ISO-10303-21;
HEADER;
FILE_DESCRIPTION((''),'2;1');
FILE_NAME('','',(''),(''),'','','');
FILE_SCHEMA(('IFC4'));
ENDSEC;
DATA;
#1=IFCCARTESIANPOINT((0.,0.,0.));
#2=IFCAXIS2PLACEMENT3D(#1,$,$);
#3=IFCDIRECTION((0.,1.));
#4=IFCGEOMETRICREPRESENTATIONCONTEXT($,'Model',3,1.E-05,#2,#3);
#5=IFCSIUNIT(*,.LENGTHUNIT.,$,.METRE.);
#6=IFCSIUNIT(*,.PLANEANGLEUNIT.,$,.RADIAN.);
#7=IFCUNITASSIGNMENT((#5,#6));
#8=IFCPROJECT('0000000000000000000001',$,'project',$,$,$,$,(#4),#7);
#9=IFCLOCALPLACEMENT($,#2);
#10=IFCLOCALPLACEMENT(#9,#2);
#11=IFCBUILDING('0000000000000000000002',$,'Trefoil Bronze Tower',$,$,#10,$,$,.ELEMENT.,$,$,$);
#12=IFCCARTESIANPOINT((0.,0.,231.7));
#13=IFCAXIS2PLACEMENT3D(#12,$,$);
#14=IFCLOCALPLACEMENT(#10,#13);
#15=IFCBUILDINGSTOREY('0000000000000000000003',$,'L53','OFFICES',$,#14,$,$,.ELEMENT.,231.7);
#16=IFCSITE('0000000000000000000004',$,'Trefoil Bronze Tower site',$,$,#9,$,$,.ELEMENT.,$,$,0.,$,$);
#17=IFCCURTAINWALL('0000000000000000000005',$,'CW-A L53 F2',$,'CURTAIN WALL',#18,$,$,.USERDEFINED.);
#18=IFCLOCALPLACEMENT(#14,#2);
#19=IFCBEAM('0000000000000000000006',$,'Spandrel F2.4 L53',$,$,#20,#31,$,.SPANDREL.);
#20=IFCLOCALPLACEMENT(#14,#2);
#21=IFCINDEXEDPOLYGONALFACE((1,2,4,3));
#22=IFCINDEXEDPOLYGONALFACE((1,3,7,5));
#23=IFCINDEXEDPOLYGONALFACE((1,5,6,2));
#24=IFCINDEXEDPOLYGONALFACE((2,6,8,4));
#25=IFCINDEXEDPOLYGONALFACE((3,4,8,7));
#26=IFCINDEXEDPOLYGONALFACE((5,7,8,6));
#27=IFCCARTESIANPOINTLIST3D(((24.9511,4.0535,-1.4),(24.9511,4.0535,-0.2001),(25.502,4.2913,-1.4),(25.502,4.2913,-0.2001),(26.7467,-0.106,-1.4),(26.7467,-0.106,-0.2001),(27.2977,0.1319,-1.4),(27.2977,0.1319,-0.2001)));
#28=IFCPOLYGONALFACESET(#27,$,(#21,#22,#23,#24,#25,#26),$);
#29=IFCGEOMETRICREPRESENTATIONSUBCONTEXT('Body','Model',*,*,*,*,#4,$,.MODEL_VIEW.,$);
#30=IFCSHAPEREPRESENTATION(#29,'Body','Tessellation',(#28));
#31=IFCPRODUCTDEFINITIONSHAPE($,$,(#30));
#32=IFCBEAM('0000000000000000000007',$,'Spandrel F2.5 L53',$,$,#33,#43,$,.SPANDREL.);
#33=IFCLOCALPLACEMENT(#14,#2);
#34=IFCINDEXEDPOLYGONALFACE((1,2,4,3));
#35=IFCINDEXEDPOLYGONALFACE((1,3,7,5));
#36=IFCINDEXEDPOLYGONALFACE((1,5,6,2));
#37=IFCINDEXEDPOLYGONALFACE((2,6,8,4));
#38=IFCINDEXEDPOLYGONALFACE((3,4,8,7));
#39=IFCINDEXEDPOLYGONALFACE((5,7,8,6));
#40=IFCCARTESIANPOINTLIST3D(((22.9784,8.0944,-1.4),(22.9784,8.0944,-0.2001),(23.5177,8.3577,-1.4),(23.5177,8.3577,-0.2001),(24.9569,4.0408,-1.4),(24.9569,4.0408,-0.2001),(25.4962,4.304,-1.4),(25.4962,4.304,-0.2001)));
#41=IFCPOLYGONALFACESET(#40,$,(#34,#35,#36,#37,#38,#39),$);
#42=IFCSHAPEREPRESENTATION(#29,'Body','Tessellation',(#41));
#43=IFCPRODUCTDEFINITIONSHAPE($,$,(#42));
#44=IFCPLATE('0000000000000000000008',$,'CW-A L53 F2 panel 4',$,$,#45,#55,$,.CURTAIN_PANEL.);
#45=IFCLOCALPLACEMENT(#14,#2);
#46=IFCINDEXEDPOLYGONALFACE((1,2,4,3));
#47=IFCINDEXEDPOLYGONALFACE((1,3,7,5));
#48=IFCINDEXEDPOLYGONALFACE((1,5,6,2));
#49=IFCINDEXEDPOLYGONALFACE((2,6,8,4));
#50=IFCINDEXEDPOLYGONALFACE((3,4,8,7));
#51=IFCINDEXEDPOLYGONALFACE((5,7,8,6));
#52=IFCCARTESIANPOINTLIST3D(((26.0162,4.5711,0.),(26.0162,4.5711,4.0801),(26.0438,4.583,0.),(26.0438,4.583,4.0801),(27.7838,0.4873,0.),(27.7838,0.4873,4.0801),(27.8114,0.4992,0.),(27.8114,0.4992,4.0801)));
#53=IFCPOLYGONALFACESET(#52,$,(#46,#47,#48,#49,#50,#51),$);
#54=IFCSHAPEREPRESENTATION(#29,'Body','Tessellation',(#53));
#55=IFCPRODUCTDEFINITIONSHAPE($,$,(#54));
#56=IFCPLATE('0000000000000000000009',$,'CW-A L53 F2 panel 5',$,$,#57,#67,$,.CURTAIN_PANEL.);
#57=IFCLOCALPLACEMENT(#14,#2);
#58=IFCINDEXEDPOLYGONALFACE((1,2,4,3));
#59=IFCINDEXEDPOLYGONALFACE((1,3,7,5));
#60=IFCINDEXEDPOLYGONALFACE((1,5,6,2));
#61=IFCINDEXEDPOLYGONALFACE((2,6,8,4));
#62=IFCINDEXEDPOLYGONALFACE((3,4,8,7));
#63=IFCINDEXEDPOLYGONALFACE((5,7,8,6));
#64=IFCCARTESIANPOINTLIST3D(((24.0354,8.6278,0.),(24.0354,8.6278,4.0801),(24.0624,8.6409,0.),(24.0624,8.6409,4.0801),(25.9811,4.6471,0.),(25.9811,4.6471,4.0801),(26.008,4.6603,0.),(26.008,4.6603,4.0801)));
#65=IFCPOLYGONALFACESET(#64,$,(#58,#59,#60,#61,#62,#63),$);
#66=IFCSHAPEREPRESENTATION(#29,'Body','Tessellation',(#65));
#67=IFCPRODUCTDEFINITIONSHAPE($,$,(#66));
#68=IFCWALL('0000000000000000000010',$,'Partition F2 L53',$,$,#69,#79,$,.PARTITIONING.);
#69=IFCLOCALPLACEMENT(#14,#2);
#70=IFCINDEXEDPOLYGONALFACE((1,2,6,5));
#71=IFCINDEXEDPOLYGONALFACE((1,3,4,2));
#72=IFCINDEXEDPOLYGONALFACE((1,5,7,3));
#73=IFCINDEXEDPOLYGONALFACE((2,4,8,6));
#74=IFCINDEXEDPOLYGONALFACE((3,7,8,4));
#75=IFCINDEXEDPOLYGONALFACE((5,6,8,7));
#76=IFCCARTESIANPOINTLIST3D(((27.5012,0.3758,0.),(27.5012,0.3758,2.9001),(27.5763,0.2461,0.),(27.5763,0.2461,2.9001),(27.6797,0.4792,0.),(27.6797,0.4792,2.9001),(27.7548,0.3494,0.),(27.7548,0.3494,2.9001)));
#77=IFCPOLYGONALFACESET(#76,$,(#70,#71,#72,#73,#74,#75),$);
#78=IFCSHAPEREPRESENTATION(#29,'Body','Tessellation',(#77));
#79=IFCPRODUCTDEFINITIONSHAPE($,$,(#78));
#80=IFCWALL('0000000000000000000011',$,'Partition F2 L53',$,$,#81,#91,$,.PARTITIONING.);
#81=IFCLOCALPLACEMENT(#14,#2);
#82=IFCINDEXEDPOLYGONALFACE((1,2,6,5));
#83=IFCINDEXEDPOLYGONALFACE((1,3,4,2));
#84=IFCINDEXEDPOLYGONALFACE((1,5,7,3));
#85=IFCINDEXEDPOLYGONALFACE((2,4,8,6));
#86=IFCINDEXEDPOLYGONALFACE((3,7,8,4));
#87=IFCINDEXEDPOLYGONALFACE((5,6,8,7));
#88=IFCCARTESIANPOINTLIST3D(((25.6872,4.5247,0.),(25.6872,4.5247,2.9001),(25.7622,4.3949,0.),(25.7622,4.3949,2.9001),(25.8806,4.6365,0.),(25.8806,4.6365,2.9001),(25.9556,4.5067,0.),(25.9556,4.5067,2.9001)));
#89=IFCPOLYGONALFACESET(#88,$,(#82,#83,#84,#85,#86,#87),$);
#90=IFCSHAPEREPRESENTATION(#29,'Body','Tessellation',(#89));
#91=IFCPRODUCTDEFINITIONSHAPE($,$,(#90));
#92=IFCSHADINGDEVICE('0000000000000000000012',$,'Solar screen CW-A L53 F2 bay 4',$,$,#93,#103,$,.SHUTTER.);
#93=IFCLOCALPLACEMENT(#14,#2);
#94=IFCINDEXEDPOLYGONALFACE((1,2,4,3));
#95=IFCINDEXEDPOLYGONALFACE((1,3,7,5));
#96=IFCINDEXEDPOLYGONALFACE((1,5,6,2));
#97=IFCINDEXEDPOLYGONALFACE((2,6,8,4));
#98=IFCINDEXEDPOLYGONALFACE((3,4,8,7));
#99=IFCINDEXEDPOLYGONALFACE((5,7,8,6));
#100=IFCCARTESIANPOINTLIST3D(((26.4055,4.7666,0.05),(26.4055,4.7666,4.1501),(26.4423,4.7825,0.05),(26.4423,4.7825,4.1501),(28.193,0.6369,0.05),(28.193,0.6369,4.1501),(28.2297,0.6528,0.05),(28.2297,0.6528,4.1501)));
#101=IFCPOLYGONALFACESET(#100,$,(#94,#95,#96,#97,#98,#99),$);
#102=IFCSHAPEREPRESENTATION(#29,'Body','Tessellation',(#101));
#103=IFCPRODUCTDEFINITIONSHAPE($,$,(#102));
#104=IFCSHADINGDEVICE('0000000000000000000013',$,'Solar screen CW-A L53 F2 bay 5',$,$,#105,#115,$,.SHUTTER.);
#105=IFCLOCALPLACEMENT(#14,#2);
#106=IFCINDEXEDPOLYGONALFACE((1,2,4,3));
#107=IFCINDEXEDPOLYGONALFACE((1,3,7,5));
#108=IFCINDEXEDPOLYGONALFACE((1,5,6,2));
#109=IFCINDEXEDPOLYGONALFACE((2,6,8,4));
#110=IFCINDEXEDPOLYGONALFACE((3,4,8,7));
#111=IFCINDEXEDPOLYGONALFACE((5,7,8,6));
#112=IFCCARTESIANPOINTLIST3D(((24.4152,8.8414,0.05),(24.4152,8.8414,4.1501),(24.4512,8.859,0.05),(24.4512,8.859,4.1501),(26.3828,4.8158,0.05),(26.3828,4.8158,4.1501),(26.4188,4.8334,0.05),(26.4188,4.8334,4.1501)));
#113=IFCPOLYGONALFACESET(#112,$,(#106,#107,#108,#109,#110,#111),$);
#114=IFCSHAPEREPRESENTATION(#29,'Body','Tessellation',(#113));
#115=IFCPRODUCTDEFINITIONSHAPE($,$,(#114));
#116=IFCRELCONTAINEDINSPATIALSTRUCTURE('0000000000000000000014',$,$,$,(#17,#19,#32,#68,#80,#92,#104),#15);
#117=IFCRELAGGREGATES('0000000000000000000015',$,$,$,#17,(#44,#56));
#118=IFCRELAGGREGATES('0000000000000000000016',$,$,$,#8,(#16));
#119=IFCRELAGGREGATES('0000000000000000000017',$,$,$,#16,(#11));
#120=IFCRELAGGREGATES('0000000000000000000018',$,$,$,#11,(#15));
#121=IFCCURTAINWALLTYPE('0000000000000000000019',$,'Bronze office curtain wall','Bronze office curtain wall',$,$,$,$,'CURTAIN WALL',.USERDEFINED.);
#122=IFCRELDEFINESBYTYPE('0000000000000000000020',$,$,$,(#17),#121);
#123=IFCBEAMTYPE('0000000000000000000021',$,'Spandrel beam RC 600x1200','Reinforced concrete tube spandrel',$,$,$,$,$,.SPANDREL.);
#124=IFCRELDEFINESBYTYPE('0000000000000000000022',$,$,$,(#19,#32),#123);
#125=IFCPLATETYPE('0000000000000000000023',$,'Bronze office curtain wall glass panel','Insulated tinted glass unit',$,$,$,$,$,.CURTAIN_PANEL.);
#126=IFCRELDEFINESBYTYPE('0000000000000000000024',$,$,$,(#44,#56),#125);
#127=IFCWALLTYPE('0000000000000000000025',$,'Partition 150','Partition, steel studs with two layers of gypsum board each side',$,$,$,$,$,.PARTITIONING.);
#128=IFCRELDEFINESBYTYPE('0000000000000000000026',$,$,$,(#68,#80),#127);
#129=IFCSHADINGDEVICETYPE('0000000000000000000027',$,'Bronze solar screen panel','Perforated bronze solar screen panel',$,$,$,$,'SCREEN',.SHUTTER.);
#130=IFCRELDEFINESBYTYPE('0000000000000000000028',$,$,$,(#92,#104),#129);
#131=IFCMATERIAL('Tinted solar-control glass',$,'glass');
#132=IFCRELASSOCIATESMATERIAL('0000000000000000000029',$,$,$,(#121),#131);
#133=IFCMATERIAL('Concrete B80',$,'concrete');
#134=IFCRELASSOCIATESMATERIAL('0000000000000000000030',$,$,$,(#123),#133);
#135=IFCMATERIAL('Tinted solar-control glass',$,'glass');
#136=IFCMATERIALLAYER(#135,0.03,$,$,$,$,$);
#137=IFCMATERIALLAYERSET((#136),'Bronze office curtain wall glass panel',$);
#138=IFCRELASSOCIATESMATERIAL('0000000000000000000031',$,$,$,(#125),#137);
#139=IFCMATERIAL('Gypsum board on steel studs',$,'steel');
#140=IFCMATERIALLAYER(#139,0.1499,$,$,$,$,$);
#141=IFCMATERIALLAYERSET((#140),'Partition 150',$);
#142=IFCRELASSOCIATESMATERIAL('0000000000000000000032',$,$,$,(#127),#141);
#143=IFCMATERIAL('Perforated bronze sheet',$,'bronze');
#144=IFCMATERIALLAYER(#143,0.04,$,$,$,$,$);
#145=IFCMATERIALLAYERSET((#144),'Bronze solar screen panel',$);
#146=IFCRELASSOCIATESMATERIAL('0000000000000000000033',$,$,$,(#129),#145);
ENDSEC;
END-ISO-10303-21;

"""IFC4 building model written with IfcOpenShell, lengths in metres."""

from ifc_helpers import new_model, si_unit, direction, frame, frame_2d, origin, origin_2d, place, context, subcontext, project, spatial, rectangle, extrude, material, layer, layer_set, material_profile, profile_set, type_object, element, aggregate, save


model = new_model("IFC4")

# Units and contexts
model_context = context("Model", 3, precision=1e-05, world=origin(), true_north=direction((0.0, 1.0)))
body_context = subcontext(model_context, "Body", "Model", "MODEL_VIEW")
ifc_project = project(units=[si_unit("LENGTHUNIT", "METRE"), si_unit("PLANEANGLEUNIT", "RADIAN")], contexts=[model_context])

# Site, building, storey
site_placement = place(None, origin())
site = spatial("IfcSite", under=ifc_project, at=site_placement, Name="Trefoil Bronze Tower site", CompositionType="ELEMENT", RefElevation=0.0)
building_placement = place(site_placement, origin())
building = spatial("IfcBuilding", under=site, at=building_placement, Name="Trefoil Bronze Tower", CompositionType="ELEMENT")
storey_placement = place(building_placement, frame((0.0, 0.0, 231.7)))
storey = spatial("IfcBuildingStorey", under=building, at=storey_placement, Name="L53", Description="OFFICES", CompositionType="ELEMENT", Elevation=231.7)

# Curtain wall
ifc_material_1 = material(Name="Tinted solar-control glass", Category="glass")
curtain_wall_type = type_object("IfcCurtainWallType", Name="Bronze office curtain wall", Description="Bronze office curtain wall", ElementType="CURTAIN WALL", PredefinedType="USERDEFINED", material=ifc_material_1)
curtain_wall_placement = place(storey_placement, origin())
curtain_wall = element("IfcCurtainWall", 1, at=curtain_wall_placement, inside=storey, type_object=curtain_wall_type, Name="CW-A L53 F2", ObjectType="CURTAIN WALL", PredefinedType="USERDEFINED")

# Beams
ifc_material_2 = material(Name="Concrete B80", Category="concrete")
ifc_material_profile_1 = material_profile(ifc_material_2, rectangle(XDim=0.6001, YDim=1.2, at=origin_2d()), Name="RC 600x1200")
ifc_profile_set_1 = profile_set([ifc_material_profile_1], Name="Concrete B80")
beam_type_1 = type_object("IfcBeamType", Name="Spandrel beam RC 600x1200", Description="Reinforced concrete tube spandrel", PredefinedType="SPANDREL", material=ifc_profile_set_1)
beam_1_placement = place(storey_placement, frame((27.0222, 0.0129, -0.8), z_axis=(-0.39635, 0.918099, 0.0), x_axis=(-0.918099, -0.39635, 0.0)))
element("IfcBeam", 2, at=beam_1_placement, inside=storey, type_object=beam_type_1, Name="Spandrel F2.4 L53", PredefinedType="SPANDREL", context=body_context, shape_type="SweptSolid", body=[
    extrude(rectangle(XDim=0.6001, YDim=1.2, at=origin_2d()), origin(), (0.0, 0.0, 1.0), 4.5305),
])
beam_2_placement = place(storey_placement, frame((25.2266, 4.1724, -0.8), z_axis=(-0.43862, 0.898673, 0.0), x_axis=(-0.898673, -0.43862, 0.0)))
element("IfcBeam", 3, at=beam_2_placement, inside=storey, type_object=beam_type_1, Name="Spandrel F2.5 L53", PredefinedType="SPANDREL", context=body_context, shape_type="SweptSolid", body=[
    extrude(rectangle(XDim=0.6001, YDim=1.2, at=origin_2d()), origin(), (0.0, 0.0, 1.0), 4.5107),
])

# Plates
ifc_material_3 = material(Name="Tinted solar-control glass", Category="glass")
ifc_layer_1 = layer(ifc_material_3, 0.03)
ifc_layer_set_1 = layer_set([ifc_layer_1], Name="Bronze office curtain wall glass panel")
plate_type = type_object("IfcPlateType", Name="Bronze office curtain wall glass panel", Description="Insulated tinted glass unit", PredefinedType="CURTAIN_PANEL", material=ifc_layer_set_1)
plate_1_placement = place(storey_placement, frame((26.9138, 2.5352, 0.0), z_axis=(0.0, 0.0, 1.0), x_axis=(-0.39722, 0.917723, 0.0)))
plate_1 = element("IfcPlate", 4, at=plate_1_placement, type_object=plate_type, Name="CW-A L53 F2 panel 4", PredefinedType="CURTAIN_PANEL", context=body_context, shape_type="SweptSolid", body=[
    extrude(rectangle(XDim=4.45, YDim=0.03, at=origin_2d()), origin(), (0.0, 0.0, 1.0), 4.0801),
])
plate_2_placement = place(storey_placement, frame((25.0217, 6.644, 0.0), z_axis=(0.0, 0.0, 1.0), x_axis=(-0.439129, 0.898424, 0.0)))
plate_2 = element("IfcPlate", 5, at=plate_2_placement, type_object=plate_type, Name="CW-A L53 F2 panel 5", PredefinedType="CURTAIN_PANEL", context=body_context, shape_type="SweptSolid", body=[
    extrude(rectangle(XDim=4.4307, YDim=0.03, at=origin_2d()), origin(), (0.0, 0.0, 1.0), 4.0801),
])
aggregate(curtain_wall, [plate_1, plate_2])

# Walls
ifc_material_4 = material(Name="Gypsum board on steel studs", Category="steel")
ifc_layer_2 = layer(ifc_material_4, 0.1499)
ifc_layer_set_2 = layer_set([ifc_layer_2], Name="Partition 150")
wall_type = type_object("IfcWallType", Name="Partition 150", Description="Partition, steel studs with two layers of gypsum board each side", PredefinedType="PARTITIONING", material=ifc_layer_set_2)
wall_1_placement = place(storey_placement, frame((27.5388, 0.311, 0.0), z_axis=(0.0, 0.0, 1.0), x_axis=(0.865534, 0.50085, 0.0)))
element("IfcWall", 6, at=wall_1_placement, inside=storey, type_object=wall_type, Name="Partition F2 L53", PredefinedType="PARTITIONING", context=body_context, shape_type="SweptSolid", body=[
    extrude(rectangle(XDim=0.2063, YDim=0.1499, at=frame_2d((0.103, 0.0))), origin(), (0.0, 0.0, 1.0), 2.9001),
])
wall_2_placement = place(storey_placement, frame((25.7246, 4.4597, 0.0), z_axis=(0.0, 0.0, 1.0), x_axis=(0.865676, 0.500605, 0.0)))
element("IfcWall", 7, at=wall_2_placement, inside=storey, type_object=wall_type, Name="Partition F2 L53", PredefinedType="PARTITIONING", context=body_context, shape_type="SweptSolid", body=[
    extrude(rectangle(XDim=0.2234, YDim=0.1499, at=frame_2d((0.1118, 0.0))), origin(), (0.0, 0.0, 1.0), 2.9001),
])

# Shading devices
ifc_material_5 = material(Name="Perforated bronze sheet", Category="bronze")
ifc_layer_3 = layer(ifc_material_5, 0.04)
ifc_layer_set_3 = layer_set([ifc_layer_3], Name="Bronze solar screen panel")
shading_device_type = type_object("IfcShadingDeviceType", Name="Bronze solar screen panel", Description="Perforated bronze solar screen panel", ElementType="SCREEN", PredefinedType="SHUTTER", material=ifc_layer_set_3)
shading_device_1_placement = place(storey_placement, frame((27.3176, 2.7097, 0.05), z_axis=(0.0, 0.0, 1.0), x_axis=(-0.39722, 0.917723, 0.0)))
element("IfcShadingDevice", 8, at=shading_device_1_placement, inside=storey, type_object=shading_device_type, Name="Solar screen CW-A L53 F2 bay 4", PredefinedType="SHUTTER", context=body_context, shape_type="SweptSolid", body=[
    extrude(rectangle(XDim=4.5, YDim=0.04, at=origin_2d()), origin(), (0.0, 0.0, 1.0), 4.1001),
])
shading_device_2_placement = place(storey_placement, frame((25.417, 6.8374, 0.05), z_axis=(0.0, 0.0, 1.0), x_axis=(-0.439129, 0.898424, 0.0)))
element("IfcShadingDevice", 9, at=shading_device_2_placement, inside=storey, type_object=shading_device_type, Name="Solar screen CW-A L53 F2 bay 5", PredefinedType="SHUTTER", context=body_context, shape_type="SweptSolid", body=[
    extrude(rectangle(XDim=4.4807, YDim=0.04, at=origin_2d()), origin(), (0.0, 0.0, 1.0), 4.1001),
])

save(model, "model.ifc")
